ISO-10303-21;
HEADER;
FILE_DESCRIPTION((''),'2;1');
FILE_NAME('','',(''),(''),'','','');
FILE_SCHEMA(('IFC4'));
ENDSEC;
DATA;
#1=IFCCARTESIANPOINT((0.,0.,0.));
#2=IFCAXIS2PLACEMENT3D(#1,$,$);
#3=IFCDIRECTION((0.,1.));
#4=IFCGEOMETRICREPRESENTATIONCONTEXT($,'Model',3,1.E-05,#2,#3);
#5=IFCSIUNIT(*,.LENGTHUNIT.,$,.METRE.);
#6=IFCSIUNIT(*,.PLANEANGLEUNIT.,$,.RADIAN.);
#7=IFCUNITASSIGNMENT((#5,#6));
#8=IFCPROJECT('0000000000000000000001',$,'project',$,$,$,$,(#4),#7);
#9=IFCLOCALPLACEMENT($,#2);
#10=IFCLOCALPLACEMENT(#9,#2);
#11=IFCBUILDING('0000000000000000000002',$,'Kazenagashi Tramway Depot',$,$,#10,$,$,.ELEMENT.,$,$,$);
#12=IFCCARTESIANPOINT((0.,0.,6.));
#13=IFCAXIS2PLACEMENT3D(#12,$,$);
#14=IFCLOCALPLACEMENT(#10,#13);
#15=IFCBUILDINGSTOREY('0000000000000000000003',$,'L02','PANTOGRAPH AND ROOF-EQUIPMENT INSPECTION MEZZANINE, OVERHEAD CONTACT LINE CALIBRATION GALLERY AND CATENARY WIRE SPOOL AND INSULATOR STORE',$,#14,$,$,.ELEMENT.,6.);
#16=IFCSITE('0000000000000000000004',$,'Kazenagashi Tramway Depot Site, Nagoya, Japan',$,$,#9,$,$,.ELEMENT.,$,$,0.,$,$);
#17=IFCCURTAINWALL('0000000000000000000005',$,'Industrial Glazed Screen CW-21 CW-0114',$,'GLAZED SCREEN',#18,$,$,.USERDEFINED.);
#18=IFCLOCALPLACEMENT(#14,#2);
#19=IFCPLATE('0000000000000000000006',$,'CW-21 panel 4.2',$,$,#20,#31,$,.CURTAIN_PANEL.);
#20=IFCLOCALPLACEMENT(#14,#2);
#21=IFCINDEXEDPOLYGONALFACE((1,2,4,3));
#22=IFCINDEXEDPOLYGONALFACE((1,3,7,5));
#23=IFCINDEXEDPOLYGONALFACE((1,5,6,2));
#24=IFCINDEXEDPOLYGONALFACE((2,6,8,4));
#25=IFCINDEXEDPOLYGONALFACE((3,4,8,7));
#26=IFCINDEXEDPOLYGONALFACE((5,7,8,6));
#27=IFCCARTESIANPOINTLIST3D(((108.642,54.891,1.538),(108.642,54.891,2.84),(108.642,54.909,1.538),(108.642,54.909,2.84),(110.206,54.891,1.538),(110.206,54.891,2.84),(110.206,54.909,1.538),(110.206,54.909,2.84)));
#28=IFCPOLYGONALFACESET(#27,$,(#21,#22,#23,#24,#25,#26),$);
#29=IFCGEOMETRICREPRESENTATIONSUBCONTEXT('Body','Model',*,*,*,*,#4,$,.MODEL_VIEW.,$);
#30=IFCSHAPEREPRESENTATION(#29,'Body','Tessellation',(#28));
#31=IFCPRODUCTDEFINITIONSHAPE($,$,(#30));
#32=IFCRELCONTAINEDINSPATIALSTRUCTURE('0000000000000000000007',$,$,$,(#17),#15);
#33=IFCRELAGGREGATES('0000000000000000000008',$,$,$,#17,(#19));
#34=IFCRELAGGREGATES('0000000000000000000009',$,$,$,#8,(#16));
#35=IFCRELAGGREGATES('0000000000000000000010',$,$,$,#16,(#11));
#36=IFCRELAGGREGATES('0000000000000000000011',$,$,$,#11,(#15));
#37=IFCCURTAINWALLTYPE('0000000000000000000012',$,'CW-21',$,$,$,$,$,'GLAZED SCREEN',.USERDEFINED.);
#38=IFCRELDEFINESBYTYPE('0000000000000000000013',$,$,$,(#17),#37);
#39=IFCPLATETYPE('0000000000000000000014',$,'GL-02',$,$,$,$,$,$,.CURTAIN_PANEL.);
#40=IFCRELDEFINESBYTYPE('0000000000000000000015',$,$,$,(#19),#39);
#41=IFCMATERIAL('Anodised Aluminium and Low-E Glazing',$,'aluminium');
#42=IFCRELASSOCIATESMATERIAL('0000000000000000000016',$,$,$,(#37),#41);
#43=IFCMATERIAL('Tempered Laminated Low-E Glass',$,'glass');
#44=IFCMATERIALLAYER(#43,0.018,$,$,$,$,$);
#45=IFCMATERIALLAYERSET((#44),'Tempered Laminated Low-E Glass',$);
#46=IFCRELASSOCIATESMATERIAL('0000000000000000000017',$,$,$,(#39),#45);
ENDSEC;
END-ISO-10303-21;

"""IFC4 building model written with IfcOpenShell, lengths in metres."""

from ifc_helpers import new_model, si_unit, direction, frame, origin, origin_2d, place, context, subcontext, project, spatial, rectangle, extrude, material, layer, layer_set, type_object, element, aggregate, save


model = new_model("IFC4")

# Units and contexts
model_context = context("Model", 3, precision=1e-05, world=origin(), true_north=direction((0.0, 1.0)))
body_context = subcontext(model_context, "Body", "Model", "MODEL_VIEW")
ifc_project = project(units=[si_unit("LENGTHUNIT", "METRE"), si_unit("PLANEANGLEUNIT", "RADIAN")], contexts=[model_context])

# Site, building, storey
site_placement = place(None, origin())
site = spatial("IfcSite", under=ifc_project, at=site_placement, Name="Kazenagashi Tramway Depot Site, Nagoya, Japan", CompositionType="ELEMENT", RefElevation=0.0)
building_placement = place(site_placement, origin())
building = spatial("IfcBuilding", under=site, at=building_placement, Name="Kazenagashi Tramway Depot", CompositionType="ELEMENT")
storey_placement = place(building_placement, frame((0.0, 0.0, 6.0)))
storey = spatial("IfcBuildingStorey", under=building, at=storey_placement, Name="L02", Description="PANTOGRAPH AND ROOF-EQUIPMENT INSPECTION MEZZANINE, OVERHEAD CONTACT LINE CALIBRATION GALLERY AND CATENARY WIRE SPOOL AND INSULATOR STORE", CompositionType="ELEMENT", Elevation=6.0)

# Shared definitions
ifc_material_1 = material(Name="Anodised Aluminium and Low-E Glazing", Category="aluminium")
curtain_wall_type = type_object("IfcCurtainWallType", Name="CW-21", ElementType="GLAZED SCREEN", PredefinedType="USERDEFINED", material=ifc_material_1)

# Curtain wall
curtain_wall_1_placement = place(storey_placement, origin())
curtain_wall_1 = element("IfcCurtainWall", 1, at=curtain_wall_1_placement, inside=storey, type_object=curtain_wall_type, Name="Industrial Glazed Screen CW-21 CW-0114", ObjectType="GLAZED SCREEN", PredefinedType="USERDEFINED")

# Plate
ifc_material_2 = material(Name="Tempered Laminated Low-E Glass", Category="glass")
ifc_layer_1 = layer(ifc_material_2, 0.018)
ifc_layer_set_1 = layer_set([ifc_layer_1], Name="Tempered Laminated Low-E Glass")
plate_type_1 = type_object("IfcPlateType", Name="GL-02", PredefinedType="CURTAIN_PANEL", material=ifc_layer_set_1)
plate_1_placement = place(storey_placement, frame((109.424, 54.9, 1.538), z_axis=(0.0, 0.0, 1.0), x_axis=(1.0, 0.0, 0.0)))
plate_1 = element("IfcPlate", 2, at=plate_1_placement, type_object=plate_type_1, Name="CW-21 panel 4.2", PredefinedType="CURTAIN_PANEL", context=body_context, shape_type="SweptSolid", body=[
    extrude(rectangle(XDim=1.564, YDim=0.018, at=origin_2d()), origin(), (0.0, 0.0, 1.0), 1.302),
])
aggregate(curtain_wall_1, [plate_1])

save(model, "model.ifc")
